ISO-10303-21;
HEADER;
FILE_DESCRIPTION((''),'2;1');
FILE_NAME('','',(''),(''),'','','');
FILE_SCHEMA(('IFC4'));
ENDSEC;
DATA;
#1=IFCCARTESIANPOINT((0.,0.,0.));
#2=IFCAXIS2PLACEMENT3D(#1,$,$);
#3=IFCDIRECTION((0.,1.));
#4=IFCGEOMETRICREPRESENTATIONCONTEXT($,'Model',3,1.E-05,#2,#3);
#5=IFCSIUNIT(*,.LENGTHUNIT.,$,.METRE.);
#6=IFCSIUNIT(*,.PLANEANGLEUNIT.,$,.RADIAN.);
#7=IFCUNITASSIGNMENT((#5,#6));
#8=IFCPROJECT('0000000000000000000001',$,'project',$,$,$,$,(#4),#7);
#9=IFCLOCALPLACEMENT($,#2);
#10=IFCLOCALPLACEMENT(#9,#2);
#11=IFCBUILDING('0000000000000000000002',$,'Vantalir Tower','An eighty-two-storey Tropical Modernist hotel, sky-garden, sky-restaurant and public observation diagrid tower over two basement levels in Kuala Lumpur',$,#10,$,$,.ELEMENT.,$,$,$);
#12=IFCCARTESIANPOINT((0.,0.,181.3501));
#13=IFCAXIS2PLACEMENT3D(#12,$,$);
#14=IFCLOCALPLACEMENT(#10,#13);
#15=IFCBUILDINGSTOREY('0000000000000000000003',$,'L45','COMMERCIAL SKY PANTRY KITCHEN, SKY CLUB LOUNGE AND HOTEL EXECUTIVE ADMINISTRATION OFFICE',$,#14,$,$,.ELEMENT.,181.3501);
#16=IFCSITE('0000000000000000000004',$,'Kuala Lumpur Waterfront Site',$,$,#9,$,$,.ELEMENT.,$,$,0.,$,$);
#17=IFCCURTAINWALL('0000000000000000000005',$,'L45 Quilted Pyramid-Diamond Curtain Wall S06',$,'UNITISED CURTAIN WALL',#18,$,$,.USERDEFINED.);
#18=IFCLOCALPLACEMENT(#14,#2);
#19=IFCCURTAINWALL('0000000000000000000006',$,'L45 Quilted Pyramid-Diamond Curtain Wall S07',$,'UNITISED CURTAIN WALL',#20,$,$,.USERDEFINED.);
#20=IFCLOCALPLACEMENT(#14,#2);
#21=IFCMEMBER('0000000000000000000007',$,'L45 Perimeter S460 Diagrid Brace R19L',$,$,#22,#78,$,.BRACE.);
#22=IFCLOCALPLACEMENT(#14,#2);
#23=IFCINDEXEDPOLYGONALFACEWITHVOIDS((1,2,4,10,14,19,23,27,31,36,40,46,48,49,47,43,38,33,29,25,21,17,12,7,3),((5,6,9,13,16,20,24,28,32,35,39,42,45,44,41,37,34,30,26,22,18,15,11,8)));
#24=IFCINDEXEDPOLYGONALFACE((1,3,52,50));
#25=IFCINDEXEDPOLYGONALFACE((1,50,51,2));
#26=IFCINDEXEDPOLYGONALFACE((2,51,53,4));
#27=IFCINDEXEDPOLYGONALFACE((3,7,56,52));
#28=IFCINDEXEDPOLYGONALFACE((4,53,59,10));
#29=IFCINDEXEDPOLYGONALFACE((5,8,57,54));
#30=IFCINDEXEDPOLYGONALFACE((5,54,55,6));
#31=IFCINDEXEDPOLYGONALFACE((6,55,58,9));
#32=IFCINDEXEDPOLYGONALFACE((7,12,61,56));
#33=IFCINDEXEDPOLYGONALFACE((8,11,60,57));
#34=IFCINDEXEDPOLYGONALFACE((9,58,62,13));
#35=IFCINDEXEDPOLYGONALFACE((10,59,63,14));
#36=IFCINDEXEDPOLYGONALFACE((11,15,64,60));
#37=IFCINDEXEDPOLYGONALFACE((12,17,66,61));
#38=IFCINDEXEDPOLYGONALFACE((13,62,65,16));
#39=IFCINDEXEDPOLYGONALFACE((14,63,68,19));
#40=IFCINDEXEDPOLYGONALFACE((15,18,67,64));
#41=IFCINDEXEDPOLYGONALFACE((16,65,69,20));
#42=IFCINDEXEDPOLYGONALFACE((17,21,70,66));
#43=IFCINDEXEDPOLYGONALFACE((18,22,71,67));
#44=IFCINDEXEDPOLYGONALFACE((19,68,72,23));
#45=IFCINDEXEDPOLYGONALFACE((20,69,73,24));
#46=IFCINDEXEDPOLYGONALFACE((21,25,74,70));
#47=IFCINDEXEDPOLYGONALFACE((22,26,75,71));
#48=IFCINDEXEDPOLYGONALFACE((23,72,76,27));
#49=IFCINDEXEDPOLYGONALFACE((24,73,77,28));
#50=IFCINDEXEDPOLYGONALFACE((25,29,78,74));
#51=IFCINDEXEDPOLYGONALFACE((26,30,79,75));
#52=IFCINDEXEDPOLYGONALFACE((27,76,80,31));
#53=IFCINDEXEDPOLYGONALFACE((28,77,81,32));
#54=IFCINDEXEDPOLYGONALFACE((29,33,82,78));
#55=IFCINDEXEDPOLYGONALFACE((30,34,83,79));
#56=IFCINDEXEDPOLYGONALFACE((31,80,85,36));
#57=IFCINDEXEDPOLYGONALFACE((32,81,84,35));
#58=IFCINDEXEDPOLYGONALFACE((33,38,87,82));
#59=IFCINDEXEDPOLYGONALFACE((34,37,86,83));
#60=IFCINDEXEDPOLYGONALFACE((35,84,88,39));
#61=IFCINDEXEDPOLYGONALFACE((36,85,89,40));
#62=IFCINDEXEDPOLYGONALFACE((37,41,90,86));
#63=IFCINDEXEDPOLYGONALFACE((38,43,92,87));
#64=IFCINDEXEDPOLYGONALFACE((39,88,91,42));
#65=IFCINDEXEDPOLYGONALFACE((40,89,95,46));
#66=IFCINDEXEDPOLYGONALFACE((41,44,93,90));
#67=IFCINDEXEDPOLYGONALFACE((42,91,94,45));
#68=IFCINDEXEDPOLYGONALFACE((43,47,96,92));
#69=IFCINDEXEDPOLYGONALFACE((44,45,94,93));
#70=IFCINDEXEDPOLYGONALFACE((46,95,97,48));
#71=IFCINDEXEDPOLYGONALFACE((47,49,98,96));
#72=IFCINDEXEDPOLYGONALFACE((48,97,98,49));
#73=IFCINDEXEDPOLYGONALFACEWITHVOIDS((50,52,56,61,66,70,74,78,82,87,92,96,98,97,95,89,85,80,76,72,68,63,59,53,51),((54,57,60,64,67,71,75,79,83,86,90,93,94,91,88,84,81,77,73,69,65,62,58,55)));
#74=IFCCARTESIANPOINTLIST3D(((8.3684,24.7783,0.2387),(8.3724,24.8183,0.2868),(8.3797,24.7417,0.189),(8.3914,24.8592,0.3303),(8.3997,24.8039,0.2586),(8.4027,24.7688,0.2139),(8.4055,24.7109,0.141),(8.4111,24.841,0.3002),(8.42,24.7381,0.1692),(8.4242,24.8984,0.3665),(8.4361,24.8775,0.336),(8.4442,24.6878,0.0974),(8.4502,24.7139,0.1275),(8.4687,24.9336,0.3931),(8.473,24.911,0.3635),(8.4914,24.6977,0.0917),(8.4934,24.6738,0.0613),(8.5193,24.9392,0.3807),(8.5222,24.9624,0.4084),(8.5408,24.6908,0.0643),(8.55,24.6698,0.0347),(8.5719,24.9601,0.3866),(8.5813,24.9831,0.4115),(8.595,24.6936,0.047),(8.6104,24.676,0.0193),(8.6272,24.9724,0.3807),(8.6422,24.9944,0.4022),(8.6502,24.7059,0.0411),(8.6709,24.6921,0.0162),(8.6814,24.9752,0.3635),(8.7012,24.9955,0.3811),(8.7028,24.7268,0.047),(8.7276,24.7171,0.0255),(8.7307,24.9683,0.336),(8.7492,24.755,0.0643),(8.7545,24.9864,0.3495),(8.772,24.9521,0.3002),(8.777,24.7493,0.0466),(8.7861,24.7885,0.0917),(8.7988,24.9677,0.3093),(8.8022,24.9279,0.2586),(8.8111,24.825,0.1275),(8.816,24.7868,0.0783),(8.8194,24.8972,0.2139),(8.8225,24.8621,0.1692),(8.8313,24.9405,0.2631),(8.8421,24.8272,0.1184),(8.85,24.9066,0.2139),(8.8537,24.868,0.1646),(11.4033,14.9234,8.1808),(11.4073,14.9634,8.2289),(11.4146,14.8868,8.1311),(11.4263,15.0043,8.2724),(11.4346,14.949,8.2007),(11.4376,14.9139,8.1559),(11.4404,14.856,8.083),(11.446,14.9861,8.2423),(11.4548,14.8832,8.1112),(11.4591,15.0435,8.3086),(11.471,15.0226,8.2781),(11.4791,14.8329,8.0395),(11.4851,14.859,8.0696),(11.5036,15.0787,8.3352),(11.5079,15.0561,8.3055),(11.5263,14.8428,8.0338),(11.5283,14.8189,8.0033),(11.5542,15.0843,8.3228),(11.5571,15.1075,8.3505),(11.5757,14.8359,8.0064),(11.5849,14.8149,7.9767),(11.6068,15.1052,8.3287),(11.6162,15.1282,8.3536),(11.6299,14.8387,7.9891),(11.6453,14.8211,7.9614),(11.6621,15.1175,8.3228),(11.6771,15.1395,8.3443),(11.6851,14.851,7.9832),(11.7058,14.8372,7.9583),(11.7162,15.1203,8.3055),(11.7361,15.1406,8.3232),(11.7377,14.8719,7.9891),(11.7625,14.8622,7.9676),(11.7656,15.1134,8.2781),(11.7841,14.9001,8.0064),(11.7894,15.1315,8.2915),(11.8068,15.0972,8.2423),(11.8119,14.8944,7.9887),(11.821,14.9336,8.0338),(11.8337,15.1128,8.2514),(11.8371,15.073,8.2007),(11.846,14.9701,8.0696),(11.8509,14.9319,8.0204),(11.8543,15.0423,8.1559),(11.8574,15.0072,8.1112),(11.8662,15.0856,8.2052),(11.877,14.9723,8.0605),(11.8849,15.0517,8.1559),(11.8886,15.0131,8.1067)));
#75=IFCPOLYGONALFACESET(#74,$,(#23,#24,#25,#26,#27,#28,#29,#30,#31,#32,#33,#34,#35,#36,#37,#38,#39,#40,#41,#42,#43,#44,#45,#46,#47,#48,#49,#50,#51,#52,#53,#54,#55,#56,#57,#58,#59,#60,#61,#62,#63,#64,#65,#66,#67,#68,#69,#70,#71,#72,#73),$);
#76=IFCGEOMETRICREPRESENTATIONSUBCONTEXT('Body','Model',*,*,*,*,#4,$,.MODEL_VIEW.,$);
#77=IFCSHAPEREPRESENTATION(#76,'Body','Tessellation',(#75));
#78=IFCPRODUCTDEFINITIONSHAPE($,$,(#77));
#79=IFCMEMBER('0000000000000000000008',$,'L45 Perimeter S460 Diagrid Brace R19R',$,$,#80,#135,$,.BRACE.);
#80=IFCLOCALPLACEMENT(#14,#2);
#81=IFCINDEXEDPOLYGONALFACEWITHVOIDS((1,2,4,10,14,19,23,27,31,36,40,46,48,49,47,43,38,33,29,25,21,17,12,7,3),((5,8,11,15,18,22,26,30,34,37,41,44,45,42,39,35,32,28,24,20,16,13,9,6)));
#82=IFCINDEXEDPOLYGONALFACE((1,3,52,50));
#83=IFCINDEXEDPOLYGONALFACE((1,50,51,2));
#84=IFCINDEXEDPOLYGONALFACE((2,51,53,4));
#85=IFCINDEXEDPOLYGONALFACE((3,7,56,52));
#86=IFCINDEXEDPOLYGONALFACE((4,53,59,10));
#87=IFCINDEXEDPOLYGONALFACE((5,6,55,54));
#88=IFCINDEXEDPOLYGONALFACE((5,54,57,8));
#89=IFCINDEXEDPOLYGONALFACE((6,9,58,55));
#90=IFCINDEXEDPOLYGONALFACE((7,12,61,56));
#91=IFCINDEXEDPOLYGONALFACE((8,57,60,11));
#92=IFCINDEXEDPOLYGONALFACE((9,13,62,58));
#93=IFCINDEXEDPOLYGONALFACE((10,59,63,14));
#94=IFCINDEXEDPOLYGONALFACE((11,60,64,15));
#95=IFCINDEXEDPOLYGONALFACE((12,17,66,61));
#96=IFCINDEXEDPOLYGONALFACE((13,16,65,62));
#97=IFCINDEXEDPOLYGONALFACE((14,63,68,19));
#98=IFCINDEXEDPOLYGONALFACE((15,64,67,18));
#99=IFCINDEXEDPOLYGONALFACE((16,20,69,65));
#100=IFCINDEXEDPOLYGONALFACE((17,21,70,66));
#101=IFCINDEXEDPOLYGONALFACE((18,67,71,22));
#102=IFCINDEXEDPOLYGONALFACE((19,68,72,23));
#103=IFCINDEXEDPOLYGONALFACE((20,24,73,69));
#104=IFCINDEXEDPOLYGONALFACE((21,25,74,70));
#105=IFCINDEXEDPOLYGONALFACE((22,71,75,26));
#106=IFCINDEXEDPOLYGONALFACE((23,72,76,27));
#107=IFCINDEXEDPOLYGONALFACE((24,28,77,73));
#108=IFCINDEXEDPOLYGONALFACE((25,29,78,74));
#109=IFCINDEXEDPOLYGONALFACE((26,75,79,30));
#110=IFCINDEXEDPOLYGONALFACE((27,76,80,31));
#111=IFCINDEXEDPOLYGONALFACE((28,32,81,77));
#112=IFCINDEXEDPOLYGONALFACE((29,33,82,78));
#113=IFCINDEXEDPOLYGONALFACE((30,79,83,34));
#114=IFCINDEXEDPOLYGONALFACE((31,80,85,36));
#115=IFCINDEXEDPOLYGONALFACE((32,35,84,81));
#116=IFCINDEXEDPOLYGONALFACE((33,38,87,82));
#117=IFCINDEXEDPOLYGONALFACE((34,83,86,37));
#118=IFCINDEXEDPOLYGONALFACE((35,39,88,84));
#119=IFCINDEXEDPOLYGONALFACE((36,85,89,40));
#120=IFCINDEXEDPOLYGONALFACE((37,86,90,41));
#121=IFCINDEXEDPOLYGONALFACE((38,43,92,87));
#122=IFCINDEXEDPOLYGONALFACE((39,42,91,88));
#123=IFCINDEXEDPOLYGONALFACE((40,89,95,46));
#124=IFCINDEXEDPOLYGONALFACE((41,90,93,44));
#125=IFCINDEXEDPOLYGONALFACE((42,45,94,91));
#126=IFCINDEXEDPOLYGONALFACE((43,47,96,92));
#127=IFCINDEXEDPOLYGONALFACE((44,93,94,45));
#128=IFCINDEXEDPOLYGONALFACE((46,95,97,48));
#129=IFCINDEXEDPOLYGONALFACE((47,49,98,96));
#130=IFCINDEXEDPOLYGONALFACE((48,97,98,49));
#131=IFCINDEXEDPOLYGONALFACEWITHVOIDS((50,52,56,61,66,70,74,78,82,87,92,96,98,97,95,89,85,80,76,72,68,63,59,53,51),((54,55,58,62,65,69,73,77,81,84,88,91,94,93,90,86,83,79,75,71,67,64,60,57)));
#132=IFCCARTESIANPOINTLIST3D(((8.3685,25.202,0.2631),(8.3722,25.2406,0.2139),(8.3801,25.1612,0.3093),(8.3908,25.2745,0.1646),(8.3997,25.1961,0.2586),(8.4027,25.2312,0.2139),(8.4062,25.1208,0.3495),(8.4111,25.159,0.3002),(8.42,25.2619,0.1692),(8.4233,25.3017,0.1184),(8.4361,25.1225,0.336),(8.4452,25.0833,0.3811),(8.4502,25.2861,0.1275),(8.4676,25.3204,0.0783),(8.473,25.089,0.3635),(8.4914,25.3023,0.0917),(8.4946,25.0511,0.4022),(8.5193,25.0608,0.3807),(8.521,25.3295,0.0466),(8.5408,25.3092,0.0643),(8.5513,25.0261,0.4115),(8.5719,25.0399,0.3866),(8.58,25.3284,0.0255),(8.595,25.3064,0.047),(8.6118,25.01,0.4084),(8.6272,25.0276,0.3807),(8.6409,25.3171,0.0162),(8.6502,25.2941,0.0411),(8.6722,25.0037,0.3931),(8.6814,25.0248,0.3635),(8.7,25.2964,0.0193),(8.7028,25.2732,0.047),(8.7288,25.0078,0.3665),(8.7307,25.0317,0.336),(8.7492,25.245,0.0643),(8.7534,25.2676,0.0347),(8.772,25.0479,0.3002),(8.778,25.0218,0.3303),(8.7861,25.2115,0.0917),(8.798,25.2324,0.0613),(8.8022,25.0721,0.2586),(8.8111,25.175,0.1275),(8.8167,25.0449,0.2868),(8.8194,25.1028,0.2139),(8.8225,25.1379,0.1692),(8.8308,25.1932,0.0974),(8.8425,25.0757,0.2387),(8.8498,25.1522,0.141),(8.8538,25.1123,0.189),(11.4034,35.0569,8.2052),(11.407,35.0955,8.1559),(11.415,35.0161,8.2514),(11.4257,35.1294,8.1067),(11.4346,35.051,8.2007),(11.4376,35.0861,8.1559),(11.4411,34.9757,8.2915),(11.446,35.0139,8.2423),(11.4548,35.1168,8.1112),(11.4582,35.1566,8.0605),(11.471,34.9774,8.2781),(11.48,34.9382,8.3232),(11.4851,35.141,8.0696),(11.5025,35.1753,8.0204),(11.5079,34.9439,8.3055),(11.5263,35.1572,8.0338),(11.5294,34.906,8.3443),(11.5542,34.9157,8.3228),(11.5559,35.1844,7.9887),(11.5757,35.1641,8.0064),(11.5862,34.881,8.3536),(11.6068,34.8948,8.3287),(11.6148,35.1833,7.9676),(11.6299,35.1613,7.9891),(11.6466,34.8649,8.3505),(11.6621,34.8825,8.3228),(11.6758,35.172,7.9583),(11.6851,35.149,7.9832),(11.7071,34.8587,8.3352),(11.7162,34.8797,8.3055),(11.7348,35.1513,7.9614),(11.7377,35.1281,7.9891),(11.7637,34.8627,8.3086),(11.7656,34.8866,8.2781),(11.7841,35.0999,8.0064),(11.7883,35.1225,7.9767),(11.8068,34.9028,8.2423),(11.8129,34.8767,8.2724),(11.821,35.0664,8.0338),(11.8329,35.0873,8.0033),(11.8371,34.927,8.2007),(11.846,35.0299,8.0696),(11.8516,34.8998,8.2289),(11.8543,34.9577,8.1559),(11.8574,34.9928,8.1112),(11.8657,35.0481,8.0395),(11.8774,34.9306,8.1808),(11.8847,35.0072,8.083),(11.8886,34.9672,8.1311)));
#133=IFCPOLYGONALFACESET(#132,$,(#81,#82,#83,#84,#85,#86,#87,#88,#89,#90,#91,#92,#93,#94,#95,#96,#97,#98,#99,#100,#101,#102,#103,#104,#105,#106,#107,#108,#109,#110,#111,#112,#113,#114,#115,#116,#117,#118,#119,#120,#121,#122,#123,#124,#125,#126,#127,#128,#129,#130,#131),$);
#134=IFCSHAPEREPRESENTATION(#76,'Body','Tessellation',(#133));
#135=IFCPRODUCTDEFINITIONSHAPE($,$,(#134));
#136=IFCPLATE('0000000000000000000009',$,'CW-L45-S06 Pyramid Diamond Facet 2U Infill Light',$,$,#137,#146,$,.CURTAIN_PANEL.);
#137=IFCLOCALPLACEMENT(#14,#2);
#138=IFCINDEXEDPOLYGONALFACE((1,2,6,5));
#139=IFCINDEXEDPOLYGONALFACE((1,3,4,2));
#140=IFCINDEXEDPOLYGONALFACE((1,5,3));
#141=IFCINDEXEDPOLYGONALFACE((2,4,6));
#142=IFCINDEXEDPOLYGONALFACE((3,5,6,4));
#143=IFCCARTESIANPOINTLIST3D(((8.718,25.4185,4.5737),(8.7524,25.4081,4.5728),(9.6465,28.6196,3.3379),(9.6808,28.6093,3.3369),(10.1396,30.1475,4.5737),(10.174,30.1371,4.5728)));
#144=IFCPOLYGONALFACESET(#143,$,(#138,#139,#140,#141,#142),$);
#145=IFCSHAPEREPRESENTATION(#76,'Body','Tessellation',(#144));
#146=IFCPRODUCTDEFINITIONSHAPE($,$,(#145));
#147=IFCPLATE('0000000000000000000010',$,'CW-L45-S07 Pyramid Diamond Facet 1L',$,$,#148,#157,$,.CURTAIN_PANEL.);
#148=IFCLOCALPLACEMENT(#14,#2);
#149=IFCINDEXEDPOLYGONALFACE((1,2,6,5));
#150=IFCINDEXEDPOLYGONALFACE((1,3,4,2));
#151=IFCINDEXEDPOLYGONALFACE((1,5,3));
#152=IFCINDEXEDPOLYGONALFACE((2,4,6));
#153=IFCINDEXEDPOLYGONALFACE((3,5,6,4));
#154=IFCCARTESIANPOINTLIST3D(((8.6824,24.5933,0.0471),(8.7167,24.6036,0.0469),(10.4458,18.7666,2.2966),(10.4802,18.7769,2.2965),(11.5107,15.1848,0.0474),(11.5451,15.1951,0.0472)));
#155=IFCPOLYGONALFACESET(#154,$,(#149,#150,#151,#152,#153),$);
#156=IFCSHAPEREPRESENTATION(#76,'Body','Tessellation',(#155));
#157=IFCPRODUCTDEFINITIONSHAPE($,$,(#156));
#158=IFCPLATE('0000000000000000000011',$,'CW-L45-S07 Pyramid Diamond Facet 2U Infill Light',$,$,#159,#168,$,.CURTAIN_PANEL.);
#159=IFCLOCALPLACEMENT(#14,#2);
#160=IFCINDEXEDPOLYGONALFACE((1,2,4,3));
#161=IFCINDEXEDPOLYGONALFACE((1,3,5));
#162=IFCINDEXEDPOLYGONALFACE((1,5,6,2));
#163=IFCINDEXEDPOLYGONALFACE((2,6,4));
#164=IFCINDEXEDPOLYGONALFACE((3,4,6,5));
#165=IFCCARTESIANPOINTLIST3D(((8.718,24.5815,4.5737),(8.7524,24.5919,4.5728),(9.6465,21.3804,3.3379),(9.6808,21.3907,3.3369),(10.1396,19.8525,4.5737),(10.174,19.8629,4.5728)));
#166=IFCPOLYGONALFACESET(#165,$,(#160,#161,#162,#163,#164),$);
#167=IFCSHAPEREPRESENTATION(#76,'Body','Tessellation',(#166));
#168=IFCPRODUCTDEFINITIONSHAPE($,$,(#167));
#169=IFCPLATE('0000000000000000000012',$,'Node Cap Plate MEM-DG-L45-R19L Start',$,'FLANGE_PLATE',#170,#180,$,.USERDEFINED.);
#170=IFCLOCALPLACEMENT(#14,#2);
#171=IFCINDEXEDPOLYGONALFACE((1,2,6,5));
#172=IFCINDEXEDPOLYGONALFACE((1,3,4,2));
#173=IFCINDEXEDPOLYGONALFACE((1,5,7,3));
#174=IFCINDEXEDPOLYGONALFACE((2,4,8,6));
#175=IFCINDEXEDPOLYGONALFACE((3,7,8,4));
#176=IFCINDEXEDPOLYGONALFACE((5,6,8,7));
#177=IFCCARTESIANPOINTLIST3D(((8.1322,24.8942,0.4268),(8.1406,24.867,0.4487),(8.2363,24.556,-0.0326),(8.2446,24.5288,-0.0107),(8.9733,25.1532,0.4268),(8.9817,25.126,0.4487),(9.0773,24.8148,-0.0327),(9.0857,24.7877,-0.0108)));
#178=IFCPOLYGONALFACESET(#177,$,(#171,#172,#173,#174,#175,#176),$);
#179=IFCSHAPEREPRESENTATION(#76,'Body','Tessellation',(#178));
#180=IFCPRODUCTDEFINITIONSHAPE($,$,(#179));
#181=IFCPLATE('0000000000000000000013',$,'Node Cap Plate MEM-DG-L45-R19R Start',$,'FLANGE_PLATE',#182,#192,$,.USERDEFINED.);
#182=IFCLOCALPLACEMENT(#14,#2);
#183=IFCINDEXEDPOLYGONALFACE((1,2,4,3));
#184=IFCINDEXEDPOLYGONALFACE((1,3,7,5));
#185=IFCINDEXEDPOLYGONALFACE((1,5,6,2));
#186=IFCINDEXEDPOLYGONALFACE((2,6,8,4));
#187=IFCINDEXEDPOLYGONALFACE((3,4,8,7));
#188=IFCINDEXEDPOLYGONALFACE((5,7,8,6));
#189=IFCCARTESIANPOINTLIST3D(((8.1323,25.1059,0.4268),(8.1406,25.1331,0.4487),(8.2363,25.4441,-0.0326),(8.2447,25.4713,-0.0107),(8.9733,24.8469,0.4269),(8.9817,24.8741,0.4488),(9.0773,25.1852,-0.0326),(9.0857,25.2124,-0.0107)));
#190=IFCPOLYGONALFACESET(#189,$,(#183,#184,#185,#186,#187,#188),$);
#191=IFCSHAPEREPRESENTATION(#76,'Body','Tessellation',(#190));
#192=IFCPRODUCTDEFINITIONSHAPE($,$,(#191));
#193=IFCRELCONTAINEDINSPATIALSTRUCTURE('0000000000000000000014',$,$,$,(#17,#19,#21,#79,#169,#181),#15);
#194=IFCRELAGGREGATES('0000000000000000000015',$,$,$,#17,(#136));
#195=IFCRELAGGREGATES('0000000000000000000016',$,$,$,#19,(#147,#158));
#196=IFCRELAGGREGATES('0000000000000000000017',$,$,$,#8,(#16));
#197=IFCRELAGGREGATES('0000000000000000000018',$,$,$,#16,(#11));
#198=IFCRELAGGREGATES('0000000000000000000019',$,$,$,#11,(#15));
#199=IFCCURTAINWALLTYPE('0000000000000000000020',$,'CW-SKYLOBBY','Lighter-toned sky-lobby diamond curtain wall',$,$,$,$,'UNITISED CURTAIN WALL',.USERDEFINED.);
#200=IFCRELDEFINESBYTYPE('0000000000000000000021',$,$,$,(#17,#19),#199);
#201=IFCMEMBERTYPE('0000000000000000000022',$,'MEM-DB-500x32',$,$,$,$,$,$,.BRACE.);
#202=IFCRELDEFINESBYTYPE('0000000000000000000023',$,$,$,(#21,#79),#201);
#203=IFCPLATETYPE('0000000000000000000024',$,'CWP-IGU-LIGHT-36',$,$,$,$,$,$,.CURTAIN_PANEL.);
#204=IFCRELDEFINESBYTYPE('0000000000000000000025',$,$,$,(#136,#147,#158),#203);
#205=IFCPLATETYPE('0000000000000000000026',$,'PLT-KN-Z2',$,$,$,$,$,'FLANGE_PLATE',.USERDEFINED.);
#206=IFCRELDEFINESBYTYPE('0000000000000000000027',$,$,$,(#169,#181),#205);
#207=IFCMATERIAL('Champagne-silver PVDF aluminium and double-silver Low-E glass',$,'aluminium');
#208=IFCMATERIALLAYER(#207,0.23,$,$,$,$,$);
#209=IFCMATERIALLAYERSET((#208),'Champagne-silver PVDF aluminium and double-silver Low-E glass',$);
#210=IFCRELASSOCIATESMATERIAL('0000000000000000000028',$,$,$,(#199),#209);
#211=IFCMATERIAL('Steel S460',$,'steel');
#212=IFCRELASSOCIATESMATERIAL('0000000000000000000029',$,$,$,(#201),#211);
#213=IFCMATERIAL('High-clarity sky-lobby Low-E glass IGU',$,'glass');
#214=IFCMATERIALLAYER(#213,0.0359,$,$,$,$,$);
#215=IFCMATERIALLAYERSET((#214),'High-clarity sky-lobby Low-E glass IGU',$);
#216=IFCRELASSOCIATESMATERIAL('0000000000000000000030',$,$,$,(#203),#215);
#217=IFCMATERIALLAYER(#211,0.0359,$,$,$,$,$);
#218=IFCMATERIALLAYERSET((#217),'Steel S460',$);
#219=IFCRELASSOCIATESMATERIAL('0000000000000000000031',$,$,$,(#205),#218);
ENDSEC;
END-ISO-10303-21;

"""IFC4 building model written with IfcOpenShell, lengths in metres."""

from ifc_helpers import new_model, si_unit, direction, frame, origin, origin_2d, place, context, subcontext, project, spatial, polyline, hollow_circle, outline, extrude, material, layer, layer_set, material_profile, profile_set, type_object, element, aggregate, save


model = new_model("IFC4")

# Units and contexts
model_context = context("Model", 3, precision=1e-05, world=origin(), true_north=direction((0.0, 1.0)))
body_context = subcontext(model_context, "Body", "Model", "MODEL_VIEW")
ifc_project = project(units=[si_unit("LENGTHUNIT", "METRE"), si_unit("PLANEANGLEUNIT", "RADIAN")], contexts=[model_context])

# Site, building, storey
site_placement = place(None, origin())
site = spatial("IfcSite", under=ifc_project, at=site_placement, Name="Kuala Lumpur Waterfront Site", CompositionType="ELEMENT", RefElevation=0.0)
building_placement = place(site_placement, origin())
building = spatial("IfcBuilding", under=site, at=building_placement, Name="Vantalir Tower", Description="An eighty-two-storey Tropical Modernist hotel, sky-garden, sky-restaurant and public observation diagrid tower over two basement levels in Kuala Lumpur", CompositionType="ELEMENT")
storey_placement = place(building_placement, frame((0.0, 0.0, 181.3501)))
storey = spatial("IfcBuildingStorey", under=building, at=storey_placement, Name="L45", Description="COMMERCIAL SKY PANTRY KITCHEN, SKY CLUB LOUNGE AND HOTEL EXECUTIVE ADMINISTRATION OFFICE", CompositionType="ELEMENT", Elevation=181.3501)

# Shared definitions
ifc_material_1 = material(Name="Steel S460", Category="steel")

# Curtain wall
ifc_material_2 = material(Name="Champagne-silver PVDF aluminium and double-silver Low-E glass", Category="aluminium")
ifc_layer_1 = layer(ifc_material_2, 0.23)
ifc_layer_set_1 = layer_set([ifc_layer_1], Name="Champagne-silver PVDF aluminium and double-silver Low-E glass")
curtain_wall_type = type_object("IfcCurtainWallType", Name="CW-SKYLOBBY", Description="Lighter-toned sky-lobby diamond curtain wall", ElementType="UNITISED CURTAIN WALL", PredefinedType="USERDEFINED", material=ifc_layer_set_1)
curtain_wall_1_placement = place(storey_placement, origin())
curtain_wall_1 = element("IfcCurtainWall", 1, at=curtain_wall_1_placement, inside=storey, type_object=curtain_wall_type, Name="L45 Quilted Pyramid-Diamond Curtain Wall S06", ObjectType="UNITISED CURTAIN WALL", PredefinedType="USERDEFINED")

# Curtain wall
curtain_wall_2_placement = place(storey_placement, origin())
curtain_wall_2 = element("IfcCurtainWall", 2, at=curtain_wall_2_placement, inside=storey, type_object=curtain_wall_type, Name="L45 Quilted Pyramid-Diamond Curtain Wall S07", ObjectType="UNITISED CURTAIN WALL", PredefinedType="USERDEFINED")

# Members
ifc_material_profile_1 = material_profile(ifc_material_1, hollow_circle(Radius=0.25, WallThickness=0.032, at=origin_2d()), Name="Steel S460")
ifc_profile_set_1 = profile_set([ifc_material_profile_1], Name="Steel S460")
member_type_1 = type_object("IfcMemberType", Name="MEM-DB-500x32", PredefinedType="BRACE", material=ifc_profile_set_1)
for number, where, z_axis, x_axis, name in (
    (3, (8.6111, 24.833, 0.2139), (0.233173, -0.75716, 0.610196), (0.955708, 0.294317, 0.0), "L45 Perimeter S460 Diagrid Brace R19L"),
    (4, (8.6111, 25.167, 0.2139), (0.233173, 0.75716, 0.610196), (-0.955708, 0.294317, 0.0), "L45 Perimeter S460 Diagrid Brace R19R"),
):
    element("IfcMember", number, at=place(storey_placement, frame(where, z_axis=z_axis, x_axis=x_axis)), inside=storey, type_object=member_type_1, Name=name, PredefinedType="BRACE", context=body_context, shape_type="SweptSolid", body=[
        extrude(hollow_circle(Radius=0.25, WallThickness=0.032, at=origin_2d()), origin(), (0.0, 0.0, 1.0), 13.0156),
    ])

# Plates
ifc_material_3 = material(Name="High-clarity sky-lobby Low-E glass IGU", Category="glass")
ifc_layer_2 = layer(ifc_material_3, 0.0359)
ifc_layer_set_2 = layer_set([ifc_layer_2], Name="High-clarity sky-lobby Low-E glass IGU")
plate_type_1 = type_object("IfcPlateType", Name="CWP-IGU-LIGHT-36", PredefinedType="CURTAIN_PANEL", material=ifc_layer_set_2)
plate_1_placement = place(storey_placement, frame((10.1396, 30.1475, 4.5737), z_axis=(-0.957333, 0.287793, 0.026236), x_axis=(-0.287892, -0.957663, 0.0)))
plate_1 = element("IfcPlate", 5, at=plate_1_placement, type_object=plate_type_1, Name="CW-L45-S06 Pyramid Diamond Facet 2U Infill Light", PredefinedType="CURTAIN_PANEL", context=body_context, shape_type="SweptSolid", body=[
    extrude(outline(polyline([(0.0, 0.0), (4.9381, 0.0), (1.6051, -1.2363), (0.0, 0.0)])), origin(), (0.0, 0.0, -1.0), 0.0359),
])
aggregate(curtain_wall_1, [plate_1])
plate_2_placement = place(storey_placement, frame((8.6824, 24.5933, 0.0471), z_axis=(-0.957651, -0.287889, 0.005031), x_axis=(0.287893, -0.957663, 0.000025)))
plate_2 = element("IfcPlate", 6, at=plate_2_placement, type_object=plate_type_1, Name="CW-L45-S07 Pyramid Diamond Facet 1L", PredefinedType="CURTAIN_PANEL", context=body_context, shape_type="SweptSolid", body=[
    extrude(outline(polyline([(0.0, 0.0), (9.8244, 0.0), (6.0877, 2.2494), (0.0, 0.0)])), origin(), (0.0, 0.0, -1.0), 0.0359),
])
plate_3_placement = place(storey_placement, frame((8.718, 24.5815, 4.5737), z_axis=(-0.957333, -0.287793, 0.026236), x_axis=(0.287892, -0.957663, 0.0)))
plate_3 = element("IfcPlate", 7, at=plate_3_placement, type_object=plate_type_1, Name="CW-L45-S07 Pyramid Diamond Facet 2U Infill Light", PredefinedType="CURTAIN_PANEL", context=body_context, shape_type="SweptSolid", body=[
    extrude(outline(polyline([(0.0, 0.0), (4.9381, 0.0), (3.3329, -1.2363), (0.0, 0.0)])), origin(), (0.0, 0.0, -1.0), 0.0359),
])
aggregate(curtain_wall_2, [plate_2, plate_3])

# Plates
ifc_layer_3 = layer(ifc_material_1, 0.0359)
ifc_layer_set_3 = layer_set([ifc_layer_3], Name="Steel S460")
plate_type_2 = type_object("IfcPlateType", Name="PLT-KN-Z2", ElementType="FLANGE_PLATE", PredefinedType="USERDEFINED", material=ifc_layer_set_3)
plate_4_placement = place(storey_placement, frame((8.2446, 24.5288, -0.0107), z_axis=(0.233091, -0.757188, 0.610192), x_axis=(0.955755, 0.294165, -0.000064)))
element("IfcPlate", 8, at=plate_4_placement, inside=storey, type_object=plate_type_2, Name="Node Cap Plate MEM-DG-L45-R19L Start", ObjectType="FLANGE_PLATE", PredefinedType="USERDEFINED", context=body_context, shape_type="SweptSolid", body=[
    extrude(outline(polyline([(0.0, 0.0), (0.88, 0.0), (0.8801, 0.58), (0.0, 0.5799), (0.0, 0.0)])), origin(), (0.0, 0.0, -1.0), 0.0359),
])
plate_5_placement = place(storey_placement, frame((9.0857, 25.2124, -0.0107), z_axis=(0.233091, 0.757188, 0.610192), x_axis=(-0.955755, 0.294165, 0.000064)))
element("IfcPlate", 9, at=plate_5_placement, inside=storey, type_object=plate_type_2, Name="Node Cap Plate MEM-DG-L45-R19R Start", ObjectType="FLANGE_PLATE", PredefinedType="USERDEFINED", context=body_context, shape_type="SweptSolid", body=[
    extrude(outline(polyline([(0.0, 0.0), (0.88, 0.0), (0.8799, 0.5799), (-0.0001, 0.58), (0.0, 0.0)])), origin(), (0.0, 0.0, -1.0), 0.0359),
])

save(model, "model.ifc")
